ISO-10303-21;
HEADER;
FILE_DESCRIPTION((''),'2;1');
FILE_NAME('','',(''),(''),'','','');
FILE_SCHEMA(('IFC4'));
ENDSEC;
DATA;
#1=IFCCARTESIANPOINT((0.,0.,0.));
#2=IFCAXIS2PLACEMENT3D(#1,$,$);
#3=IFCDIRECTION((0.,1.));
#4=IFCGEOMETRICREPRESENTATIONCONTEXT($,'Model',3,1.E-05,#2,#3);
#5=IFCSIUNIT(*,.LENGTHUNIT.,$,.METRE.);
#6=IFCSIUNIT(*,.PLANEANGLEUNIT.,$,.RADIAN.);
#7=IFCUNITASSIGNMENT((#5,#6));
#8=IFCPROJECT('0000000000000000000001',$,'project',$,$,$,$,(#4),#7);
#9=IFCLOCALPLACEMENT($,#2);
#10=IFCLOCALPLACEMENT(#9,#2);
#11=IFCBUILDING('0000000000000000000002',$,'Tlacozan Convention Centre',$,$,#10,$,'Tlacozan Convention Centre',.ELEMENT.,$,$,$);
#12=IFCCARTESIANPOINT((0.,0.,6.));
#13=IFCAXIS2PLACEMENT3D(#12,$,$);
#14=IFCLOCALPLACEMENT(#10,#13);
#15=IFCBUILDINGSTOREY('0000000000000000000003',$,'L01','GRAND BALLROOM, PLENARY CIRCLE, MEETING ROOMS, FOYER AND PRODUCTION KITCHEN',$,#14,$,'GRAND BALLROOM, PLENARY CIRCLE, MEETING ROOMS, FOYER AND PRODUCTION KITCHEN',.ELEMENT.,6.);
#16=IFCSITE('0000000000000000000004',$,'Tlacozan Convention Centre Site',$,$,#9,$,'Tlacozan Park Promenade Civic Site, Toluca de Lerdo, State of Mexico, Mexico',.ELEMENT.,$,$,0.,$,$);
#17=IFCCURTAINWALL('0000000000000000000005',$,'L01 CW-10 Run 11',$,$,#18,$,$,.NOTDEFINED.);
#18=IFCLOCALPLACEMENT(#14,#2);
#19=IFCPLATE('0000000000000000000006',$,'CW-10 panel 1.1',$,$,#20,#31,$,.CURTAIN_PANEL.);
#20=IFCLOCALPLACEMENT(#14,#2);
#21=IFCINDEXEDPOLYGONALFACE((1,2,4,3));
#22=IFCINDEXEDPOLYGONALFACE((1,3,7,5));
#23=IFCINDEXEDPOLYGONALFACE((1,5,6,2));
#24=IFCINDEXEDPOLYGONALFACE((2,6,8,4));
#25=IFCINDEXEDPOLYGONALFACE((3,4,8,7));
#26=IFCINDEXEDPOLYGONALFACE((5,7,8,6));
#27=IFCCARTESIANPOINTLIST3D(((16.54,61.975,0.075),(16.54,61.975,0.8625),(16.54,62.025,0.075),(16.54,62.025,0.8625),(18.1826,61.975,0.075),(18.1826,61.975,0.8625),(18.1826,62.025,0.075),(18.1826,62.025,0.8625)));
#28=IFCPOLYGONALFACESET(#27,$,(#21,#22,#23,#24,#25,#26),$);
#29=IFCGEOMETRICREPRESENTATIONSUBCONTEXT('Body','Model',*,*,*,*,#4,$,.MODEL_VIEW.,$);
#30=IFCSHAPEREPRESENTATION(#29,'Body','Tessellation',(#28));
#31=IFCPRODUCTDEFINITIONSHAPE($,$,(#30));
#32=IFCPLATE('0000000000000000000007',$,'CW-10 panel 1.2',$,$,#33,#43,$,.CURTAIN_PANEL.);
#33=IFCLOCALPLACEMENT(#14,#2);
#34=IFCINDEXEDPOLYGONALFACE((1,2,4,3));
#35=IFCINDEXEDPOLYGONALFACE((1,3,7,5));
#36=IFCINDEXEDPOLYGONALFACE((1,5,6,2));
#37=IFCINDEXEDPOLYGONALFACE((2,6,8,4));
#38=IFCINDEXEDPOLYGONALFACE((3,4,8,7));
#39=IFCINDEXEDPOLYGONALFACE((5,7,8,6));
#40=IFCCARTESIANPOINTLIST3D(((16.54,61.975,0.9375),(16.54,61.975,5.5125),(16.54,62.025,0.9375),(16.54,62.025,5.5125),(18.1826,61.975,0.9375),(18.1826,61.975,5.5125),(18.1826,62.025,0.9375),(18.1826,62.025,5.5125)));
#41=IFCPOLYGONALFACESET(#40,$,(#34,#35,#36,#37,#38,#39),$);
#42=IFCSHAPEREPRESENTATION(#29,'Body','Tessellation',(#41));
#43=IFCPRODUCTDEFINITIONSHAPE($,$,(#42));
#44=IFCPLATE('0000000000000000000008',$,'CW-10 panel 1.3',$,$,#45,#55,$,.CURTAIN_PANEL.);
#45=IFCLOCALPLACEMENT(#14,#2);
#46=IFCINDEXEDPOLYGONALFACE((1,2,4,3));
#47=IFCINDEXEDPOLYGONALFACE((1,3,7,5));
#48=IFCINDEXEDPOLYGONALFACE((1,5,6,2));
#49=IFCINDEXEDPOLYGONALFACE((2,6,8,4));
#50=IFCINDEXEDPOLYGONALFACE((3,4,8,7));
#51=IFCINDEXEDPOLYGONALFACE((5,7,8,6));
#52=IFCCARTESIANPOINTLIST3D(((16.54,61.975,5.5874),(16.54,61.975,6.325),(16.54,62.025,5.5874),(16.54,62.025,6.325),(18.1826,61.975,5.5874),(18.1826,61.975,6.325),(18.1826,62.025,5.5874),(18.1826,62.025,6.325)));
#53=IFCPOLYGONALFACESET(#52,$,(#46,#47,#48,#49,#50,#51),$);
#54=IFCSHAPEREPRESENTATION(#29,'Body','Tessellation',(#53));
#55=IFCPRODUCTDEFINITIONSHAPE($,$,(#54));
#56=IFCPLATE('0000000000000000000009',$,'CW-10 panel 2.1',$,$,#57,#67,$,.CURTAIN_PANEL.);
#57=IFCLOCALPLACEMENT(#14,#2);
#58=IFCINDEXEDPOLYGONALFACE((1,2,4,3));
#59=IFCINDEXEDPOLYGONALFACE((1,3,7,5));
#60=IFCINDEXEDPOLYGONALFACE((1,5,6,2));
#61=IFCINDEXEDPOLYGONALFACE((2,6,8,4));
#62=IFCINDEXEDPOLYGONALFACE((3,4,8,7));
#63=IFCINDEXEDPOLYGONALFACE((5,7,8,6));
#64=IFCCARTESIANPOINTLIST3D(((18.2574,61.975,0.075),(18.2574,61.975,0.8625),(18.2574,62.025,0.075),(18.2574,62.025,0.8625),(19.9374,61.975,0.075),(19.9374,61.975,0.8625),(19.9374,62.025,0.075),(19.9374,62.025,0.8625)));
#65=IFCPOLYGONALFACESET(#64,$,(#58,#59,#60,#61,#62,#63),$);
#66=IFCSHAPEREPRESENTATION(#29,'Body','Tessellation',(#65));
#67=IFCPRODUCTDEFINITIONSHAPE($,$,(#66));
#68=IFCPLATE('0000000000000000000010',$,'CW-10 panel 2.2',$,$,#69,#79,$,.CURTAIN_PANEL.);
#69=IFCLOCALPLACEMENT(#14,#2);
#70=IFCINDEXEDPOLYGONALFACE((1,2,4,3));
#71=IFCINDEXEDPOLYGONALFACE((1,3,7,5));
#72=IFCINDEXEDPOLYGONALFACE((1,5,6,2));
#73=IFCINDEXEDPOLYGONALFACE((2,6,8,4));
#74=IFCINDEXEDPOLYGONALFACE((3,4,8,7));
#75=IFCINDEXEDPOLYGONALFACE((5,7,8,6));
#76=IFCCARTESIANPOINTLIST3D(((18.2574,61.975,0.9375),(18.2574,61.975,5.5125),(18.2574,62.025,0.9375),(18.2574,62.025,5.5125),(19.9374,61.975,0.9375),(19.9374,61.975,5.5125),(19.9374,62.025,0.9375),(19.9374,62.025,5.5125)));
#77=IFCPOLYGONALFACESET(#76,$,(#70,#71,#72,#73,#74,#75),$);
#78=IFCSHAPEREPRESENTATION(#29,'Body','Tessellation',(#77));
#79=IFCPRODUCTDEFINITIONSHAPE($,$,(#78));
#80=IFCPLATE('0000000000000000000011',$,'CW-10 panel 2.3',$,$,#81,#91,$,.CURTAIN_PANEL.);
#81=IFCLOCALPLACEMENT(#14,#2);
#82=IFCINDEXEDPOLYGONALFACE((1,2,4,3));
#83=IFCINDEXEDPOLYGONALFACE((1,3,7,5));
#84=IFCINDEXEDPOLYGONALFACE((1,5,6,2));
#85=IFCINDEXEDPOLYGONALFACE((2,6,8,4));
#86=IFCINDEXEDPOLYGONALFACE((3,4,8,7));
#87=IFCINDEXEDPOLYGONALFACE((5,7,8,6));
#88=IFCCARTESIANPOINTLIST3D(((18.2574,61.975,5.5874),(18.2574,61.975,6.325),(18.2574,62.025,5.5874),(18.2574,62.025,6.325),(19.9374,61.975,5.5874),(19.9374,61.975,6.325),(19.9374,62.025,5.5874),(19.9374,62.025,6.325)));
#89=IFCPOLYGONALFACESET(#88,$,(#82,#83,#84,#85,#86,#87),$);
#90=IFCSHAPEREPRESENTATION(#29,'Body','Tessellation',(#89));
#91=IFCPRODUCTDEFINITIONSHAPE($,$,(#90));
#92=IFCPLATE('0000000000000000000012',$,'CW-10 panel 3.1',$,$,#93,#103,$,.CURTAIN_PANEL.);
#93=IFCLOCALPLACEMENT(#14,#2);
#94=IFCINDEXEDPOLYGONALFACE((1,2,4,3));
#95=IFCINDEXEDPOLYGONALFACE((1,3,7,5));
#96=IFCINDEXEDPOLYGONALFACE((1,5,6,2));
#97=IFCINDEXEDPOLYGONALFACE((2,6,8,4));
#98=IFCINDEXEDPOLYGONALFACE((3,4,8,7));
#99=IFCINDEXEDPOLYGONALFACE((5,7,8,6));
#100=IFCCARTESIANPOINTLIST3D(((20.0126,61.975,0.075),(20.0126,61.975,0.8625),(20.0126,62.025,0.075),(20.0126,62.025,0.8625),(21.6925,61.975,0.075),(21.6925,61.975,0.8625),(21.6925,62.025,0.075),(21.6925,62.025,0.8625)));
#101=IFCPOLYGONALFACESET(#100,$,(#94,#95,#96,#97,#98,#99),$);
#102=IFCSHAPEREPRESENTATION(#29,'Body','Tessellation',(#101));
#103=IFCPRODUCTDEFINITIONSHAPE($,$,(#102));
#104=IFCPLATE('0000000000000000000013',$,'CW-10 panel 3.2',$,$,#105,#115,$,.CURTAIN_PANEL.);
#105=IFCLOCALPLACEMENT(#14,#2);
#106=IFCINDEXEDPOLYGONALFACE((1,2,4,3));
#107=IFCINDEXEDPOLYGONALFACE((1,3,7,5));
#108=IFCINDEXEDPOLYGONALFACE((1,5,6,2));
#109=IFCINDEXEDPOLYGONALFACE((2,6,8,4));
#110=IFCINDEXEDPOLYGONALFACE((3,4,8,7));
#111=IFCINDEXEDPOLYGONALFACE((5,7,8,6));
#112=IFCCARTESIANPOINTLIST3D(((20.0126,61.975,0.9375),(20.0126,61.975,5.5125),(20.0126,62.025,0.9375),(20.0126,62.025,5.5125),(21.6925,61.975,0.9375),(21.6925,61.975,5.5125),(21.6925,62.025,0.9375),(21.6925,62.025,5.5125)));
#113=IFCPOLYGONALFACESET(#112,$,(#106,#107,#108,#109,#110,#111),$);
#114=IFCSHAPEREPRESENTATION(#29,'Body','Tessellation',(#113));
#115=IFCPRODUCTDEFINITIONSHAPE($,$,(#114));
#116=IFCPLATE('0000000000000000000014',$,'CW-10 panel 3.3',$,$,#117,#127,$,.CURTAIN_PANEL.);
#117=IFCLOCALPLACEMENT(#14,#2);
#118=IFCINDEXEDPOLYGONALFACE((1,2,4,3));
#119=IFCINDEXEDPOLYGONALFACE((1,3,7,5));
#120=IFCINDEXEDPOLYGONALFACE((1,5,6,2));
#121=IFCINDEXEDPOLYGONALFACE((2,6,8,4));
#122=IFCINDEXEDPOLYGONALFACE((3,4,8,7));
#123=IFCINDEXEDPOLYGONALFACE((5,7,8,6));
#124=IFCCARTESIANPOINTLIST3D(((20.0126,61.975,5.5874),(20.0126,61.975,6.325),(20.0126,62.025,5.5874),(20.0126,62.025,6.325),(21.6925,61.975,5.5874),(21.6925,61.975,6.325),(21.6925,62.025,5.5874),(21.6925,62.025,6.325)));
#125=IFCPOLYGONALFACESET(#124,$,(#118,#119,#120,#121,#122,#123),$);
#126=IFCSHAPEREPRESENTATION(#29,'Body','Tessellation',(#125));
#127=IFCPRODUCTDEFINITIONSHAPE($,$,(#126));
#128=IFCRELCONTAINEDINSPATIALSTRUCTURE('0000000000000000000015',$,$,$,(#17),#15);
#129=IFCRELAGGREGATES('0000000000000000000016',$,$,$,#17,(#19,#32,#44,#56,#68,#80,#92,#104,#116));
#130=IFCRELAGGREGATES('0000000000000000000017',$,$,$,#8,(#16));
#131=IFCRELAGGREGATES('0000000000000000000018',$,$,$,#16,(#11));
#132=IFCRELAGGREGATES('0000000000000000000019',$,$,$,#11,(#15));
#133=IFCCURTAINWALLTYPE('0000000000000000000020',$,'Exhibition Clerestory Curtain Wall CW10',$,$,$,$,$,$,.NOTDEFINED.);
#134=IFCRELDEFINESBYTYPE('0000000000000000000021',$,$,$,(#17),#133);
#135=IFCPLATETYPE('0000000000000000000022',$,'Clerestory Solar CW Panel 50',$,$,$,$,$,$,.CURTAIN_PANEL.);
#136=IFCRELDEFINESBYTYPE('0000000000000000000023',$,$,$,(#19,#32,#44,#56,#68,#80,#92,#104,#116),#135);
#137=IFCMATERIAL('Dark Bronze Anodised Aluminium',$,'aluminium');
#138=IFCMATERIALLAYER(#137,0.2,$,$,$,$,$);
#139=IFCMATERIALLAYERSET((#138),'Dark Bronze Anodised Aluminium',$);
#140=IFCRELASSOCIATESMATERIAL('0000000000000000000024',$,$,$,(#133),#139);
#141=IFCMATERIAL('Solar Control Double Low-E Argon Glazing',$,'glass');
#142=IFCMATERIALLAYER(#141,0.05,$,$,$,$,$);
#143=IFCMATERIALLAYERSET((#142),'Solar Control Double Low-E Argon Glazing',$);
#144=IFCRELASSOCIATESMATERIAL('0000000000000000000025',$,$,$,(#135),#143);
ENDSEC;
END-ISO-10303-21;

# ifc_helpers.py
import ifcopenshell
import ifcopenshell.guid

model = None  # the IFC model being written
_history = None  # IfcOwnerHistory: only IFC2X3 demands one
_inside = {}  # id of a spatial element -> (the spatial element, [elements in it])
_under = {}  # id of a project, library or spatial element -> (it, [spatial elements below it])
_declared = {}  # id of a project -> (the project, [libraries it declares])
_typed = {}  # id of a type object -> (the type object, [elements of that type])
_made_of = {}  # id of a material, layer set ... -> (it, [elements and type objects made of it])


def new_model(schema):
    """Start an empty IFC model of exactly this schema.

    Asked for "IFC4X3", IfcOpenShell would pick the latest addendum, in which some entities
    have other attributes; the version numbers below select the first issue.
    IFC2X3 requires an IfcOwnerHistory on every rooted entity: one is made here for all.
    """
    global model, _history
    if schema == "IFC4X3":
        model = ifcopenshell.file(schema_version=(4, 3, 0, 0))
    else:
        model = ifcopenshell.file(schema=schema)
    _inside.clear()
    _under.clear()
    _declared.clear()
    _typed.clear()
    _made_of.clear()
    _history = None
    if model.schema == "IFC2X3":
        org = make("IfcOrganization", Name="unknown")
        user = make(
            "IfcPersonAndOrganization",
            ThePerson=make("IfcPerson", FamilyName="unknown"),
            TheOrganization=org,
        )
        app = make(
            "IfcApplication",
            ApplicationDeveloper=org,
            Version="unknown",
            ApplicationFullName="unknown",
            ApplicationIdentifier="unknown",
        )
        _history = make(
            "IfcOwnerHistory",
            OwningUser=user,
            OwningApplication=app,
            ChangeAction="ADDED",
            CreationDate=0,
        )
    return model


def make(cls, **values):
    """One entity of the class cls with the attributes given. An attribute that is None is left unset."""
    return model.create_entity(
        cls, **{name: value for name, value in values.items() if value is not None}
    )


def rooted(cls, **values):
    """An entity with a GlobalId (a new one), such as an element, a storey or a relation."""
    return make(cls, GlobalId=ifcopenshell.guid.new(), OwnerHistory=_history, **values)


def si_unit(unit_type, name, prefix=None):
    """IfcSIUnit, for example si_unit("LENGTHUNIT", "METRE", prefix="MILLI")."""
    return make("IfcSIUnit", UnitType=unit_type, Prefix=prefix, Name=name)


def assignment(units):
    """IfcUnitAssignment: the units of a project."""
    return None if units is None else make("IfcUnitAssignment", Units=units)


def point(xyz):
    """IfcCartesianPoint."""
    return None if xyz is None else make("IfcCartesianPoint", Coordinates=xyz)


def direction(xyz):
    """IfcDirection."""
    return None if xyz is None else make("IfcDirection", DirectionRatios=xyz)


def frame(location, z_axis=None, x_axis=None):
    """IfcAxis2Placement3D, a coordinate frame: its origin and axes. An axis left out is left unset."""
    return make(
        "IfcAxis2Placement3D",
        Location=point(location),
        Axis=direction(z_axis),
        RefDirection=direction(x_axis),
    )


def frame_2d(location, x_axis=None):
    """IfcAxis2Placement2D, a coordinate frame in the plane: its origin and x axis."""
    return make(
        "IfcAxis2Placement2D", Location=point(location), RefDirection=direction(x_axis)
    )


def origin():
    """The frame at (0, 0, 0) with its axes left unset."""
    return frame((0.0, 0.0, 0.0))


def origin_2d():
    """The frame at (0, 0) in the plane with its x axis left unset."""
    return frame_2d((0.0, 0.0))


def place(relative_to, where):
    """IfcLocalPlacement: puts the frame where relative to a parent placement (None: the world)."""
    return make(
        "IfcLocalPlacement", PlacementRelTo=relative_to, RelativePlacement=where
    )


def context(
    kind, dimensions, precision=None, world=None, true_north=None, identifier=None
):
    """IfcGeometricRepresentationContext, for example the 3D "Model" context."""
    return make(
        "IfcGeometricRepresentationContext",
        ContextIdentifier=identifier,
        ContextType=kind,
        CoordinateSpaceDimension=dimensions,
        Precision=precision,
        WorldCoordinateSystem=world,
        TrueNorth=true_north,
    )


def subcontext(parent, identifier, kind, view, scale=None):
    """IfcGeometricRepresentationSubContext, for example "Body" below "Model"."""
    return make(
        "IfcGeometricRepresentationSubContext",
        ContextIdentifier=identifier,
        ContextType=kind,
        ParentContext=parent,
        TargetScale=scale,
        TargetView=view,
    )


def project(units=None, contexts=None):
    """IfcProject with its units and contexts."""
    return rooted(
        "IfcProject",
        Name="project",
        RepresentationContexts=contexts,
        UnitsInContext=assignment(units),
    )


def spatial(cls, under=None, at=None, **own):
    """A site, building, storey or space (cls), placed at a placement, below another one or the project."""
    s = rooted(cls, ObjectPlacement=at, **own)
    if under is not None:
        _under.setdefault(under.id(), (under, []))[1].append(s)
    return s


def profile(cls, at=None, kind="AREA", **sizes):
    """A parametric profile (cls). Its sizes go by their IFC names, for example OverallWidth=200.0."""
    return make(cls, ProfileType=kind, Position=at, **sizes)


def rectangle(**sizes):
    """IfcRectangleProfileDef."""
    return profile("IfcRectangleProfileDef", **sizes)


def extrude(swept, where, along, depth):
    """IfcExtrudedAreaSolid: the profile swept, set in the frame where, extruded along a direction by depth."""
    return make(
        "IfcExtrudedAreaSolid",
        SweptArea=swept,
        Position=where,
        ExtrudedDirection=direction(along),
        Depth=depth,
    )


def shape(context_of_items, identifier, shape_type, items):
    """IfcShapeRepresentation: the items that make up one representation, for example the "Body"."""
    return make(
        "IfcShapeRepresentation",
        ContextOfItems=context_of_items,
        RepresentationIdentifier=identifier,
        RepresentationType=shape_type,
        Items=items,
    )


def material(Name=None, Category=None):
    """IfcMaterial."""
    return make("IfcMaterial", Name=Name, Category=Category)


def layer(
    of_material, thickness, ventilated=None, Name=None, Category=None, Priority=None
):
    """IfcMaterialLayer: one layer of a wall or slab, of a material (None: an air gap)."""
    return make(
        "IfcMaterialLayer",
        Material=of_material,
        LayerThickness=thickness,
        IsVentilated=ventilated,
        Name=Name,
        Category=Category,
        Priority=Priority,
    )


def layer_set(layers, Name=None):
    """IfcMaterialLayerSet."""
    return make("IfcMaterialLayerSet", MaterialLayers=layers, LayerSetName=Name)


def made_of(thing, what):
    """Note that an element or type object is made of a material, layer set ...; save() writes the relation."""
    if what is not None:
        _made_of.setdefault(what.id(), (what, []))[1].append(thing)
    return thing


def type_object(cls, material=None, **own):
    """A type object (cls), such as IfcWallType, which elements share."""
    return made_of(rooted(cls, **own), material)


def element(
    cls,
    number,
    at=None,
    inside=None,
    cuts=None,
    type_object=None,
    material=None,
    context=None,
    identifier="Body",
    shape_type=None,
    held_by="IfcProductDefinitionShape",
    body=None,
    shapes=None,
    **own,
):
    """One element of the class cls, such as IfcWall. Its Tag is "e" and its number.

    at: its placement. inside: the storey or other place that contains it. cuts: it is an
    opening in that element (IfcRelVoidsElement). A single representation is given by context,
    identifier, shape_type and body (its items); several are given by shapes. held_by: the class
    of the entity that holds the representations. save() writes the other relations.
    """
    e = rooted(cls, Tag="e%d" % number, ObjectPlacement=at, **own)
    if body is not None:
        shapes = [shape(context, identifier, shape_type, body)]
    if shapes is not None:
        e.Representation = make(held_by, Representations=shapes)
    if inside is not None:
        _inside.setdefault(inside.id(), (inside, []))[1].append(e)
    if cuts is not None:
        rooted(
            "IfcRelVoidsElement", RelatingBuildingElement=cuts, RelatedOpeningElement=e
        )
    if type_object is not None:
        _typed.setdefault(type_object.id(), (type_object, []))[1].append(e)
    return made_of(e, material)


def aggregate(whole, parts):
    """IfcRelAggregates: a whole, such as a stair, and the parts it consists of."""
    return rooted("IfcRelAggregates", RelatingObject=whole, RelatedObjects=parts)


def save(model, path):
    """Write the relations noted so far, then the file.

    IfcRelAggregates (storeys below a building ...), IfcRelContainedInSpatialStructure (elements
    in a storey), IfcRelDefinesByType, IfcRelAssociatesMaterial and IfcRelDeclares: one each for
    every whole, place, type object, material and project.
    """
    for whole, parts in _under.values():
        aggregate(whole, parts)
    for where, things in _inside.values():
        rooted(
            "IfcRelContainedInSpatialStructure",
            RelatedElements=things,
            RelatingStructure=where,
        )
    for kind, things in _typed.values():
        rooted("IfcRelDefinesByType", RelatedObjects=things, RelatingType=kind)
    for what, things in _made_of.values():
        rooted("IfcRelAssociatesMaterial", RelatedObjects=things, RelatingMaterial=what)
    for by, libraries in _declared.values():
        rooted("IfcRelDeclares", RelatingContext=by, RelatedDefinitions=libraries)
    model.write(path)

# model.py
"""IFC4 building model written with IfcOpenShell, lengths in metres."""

from ifc_helpers import new_model, si_unit, direction, frame, origin, origin_2d, place, context, subcontext, project, spatial, rectangle, extrude, material, layer, layer_set, type_object, element, aggregate, save


model = new_model("IFC4")

# Units and contexts
model_context = context("Model", 3, precision=1e-05, world=origin(), true_north=direction((0.0, 1.0)))
body_context = subcontext(model_context, "Body", "Model", "MODEL_VIEW")
ifc_project = project(units=[si_unit("LENGTHUNIT", "METRE"), si_unit("PLANEANGLEUNIT", "RADIAN")], contexts=[model_context])

# Site, building, storey
site_placement = place(None, origin())
site = spatial("IfcSite", under=ifc_project, at=site_placement, Name="Tlacozan Convention Centre Site", LongName="Tlacozan Park Promenade Civic Site, Toluca de Lerdo, State of Mexico, Mexico", CompositionType="ELEMENT", RefElevation=0.0)
building_placement = place(site_placement, origin())
building = spatial("IfcBuilding", under=site, at=building_placement, Name="Tlacozan Convention Centre", LongName="Tlacozan Convention Centre", CompositionType="ELEMENT")
storey_placement = place(building_placement, frame((0.0, 0.0, 6.0)))
storey = spatial("IfcBuildingStorey", under=building, at=storey_placement, Name="L01", Description="GRAND BALLROOM, PLENARY CIRCLE, MEETING ROOMS, FOYER AND PRODUCTION KITCHEN", LongName="GRAND BALLROOM, PLENARY CIRCLE, MEETING ROOMS, FOYER AND PRODUCTION KITCHEN", CompositionType="ELEMENT", Elevation=6.0)

# Curtain wall, plates
ifc_material_1 = material(Name="Dark Bronze Anodised Aluminium", Category="aluminium")
ifc_layer_1 = layer(ifc_material_1, 0.2)
ifc_layer_set_1 = layer_set([ifc_layer_1], Name="Dark Bronze Anodised Aluminium")
curtain_wall_type = type_object("IfcCurtainWallType", Name="Exhibition Clerestory Curtain Wall CW10", PredefinedType="NOTDEFINED", material=ifc_layer_set_1)
curtain_wall_placement = place(storey_placement, origin())
curtain_wall = element("IfcCurtainWall", 1, at=curtain_wall_placement, inside=storey, type_object=curtain_wall_type, Name="L01 CW-10 Run 11", PredefinedType="NOTDEFINED")
ifc_material_2 = material(Name="Solar Control Double Low-E Argon Glazing", Category="glass")
ifc_layer_2 = layer(ifc_material_2, 0.05)
ifc_layer_set_2 = layer_set([ifc_layer_2], Name="Solar Control Double Low-E Argon Glazing")
plate_type = type_object("IfcPlateType", Name="Clerestory Solar CW Panel 50", PredefinedType="CURTAIN_PANEL", material=ifc_layer_set_2)
plate_1_placement = place(storey_placement, frame((17.3613, 62.0, 0.075), z_axis=(0.0, 0.0, 1.0), x_axis=(1.0, 0.0, 0.0)))
plate_1 = element("IfcPlate", 2, at=plate_1_placement, type_object=plate_type, Name="CW-10 panel 1.1", PredefinedType="CURTAIN_PANEL", context=body_context, shape_type="SweptSolid", body=[
    extrude(rectangle(XDim=1.6426, YDim=0.05, at=origin_2d()), origin(), (0.0, 0.0, 1.0), 0.7876),
])
plate_2_placement = place(storey_placement, frame((17.3613, 62.0, 0.9375), z_axis=(0.0, 0.0, 1.0), x_axis=(1.0, 0.0, 0.0)))
plate_2 = element("IfcPlate", 3, at=plate_2_placement, type_object=plate_type, Name="CW-10 panel 1.2", PredefinedType="CURTAIN_PANEL", context=body_context, shape_type="SweptSolid", body=[
    extrude(rectangle(XDim=1.6426, YDim=0.05, at=origin_2d()), origin(), (0.0, 0.0, 1.0), 4.575),
])
plate_3_placement = place(storey_placement, frame((17.3613, 62.0, 5.5874), z_axis=(0.0, 0.0, 1.0), x_axis=(1.0, 0.0, 0.0)))
plate_3 = element("IfcPlate", 4, at=plate_3_placement, type_object=plate_type, Name="CW-10 panel 1.3", PredefinedType="CURTAIN_PANEL", context=body_context, shape_type="SweptSolid", body=[
    extrude(rectangle(XDim=1.6426, YDim=0.05, at=origin_2d()), origin(), (0.0, 0.0, 1.0), 0.7375),
])
plate_4_placement = place(storey_placement, frame((19.0974, 62.0, 0.075), z_axis=(0.0, 0.0, 1.0), x_axis=(1.0, 0.0, 0.0)))
plate_4 = element("IfcPlate", 5, at=plate_4_placement, type_object=plate_type, Name="CW-10 panel 2.1", PredefinedType="CURTAIN_PANEL", context=body_context, shape_type="SweptSolid", body=[
    extrude(rectangle(XDim=1.6799, YDim=0.05, at=origin_2d()), origin(), (0.0, 0.0, 1.0), 0.7876),
])
plate_5_placement = place(storey_placement, frame((19.0974, 62.0, 0.9375), z_axis=(0.0, 0.0, 1.0), x_axis=(1.0, 0.0, 0.0)))
plate_5 = element("IfcPlate", 6, at=plate_5_placement, type_object=plate_type, Name="CW-10 panel 2.2", PredefinedType="CURTAIN_PANEL", context=body_context, shape_type="SweptSolid", body=[
    extrude(rectangle(XDim=1.6799, YDim=0.05, at=origin_2d()), origin(), (0.0, 0.0, 1.0), 4.575),
])
plate_6_placement = place(storey_placement, frame((19.0974, 62.0, 5.5874), z_axis=(0.0, 0.0, 1.0), x_axis=(1.0, 0.0, 0.0)))
plate_6 = element("IfcPlate", 7, at=plate_6_placement, type_object=plate_type, Name="CW-10 panel 2.3", PredefinedType="CURTAIN_PANEL", context=body_context, shape_type="SweptSolid", body=[
    extrude(rectangle(XDim=1.6799, YDim=0.05, at=origin_2d()), origin(), (0.0, 0.0, 1.0), 0.7375),
])
plate_7_placement = place(storey_placement, frame((20.8525, 62.0, 0.075), z_axis=(0.0, 0.0, 1.0), x_axis=(1.0, 0.0, 0.0)))
plate_7 = element("IfcPlate", 8, at=plate_7_placement, type_object=plate_type, Name="CW-10 panel 3.1", PredefinedType="CURTAIN_PANEL", context=body_context, shape_type="SweptSolid", body=[
    extrude(rectangle(XDim=1.6799, YDim=0.05, at=origin_2d()), origin(), (0.0, 0.0, 1.0), 0.7876),
])
plate_8_placement = place(storey_placement, frame((20.8525, 62.0, 0.9375), z_axis=(0.0, 0.0, 1.0), x_axis=(1.0, 0.0, 0.0)))
plate_8 = element("IfcPlate", 9, at=plate_8_placement, type_object=plate_type, Name="CW-10 panel 3.2", PredefinedType="CURTAIN_PANEL", context=body_context, shape_type="SweptSolid", body=[
    extrude(rectangle(XDim=1.6799, YDim=0.05, at=origin_2d()), origin(), (0.0, 0.0, 1.0), 4.575),
])
plate_9_placement = place(storey_placement, frame((20.8525, 62.0, 5.5874), z_axis=(0.0, 0.0, 1.0), x_axis=(1.0, 0.0, 0.0)))
plate_9 = element("IfcPlate", 10, at=plate_9_placement, type_object=plate_type, Name="CW-10 panel 3.3", PredefinedType="CURTAIN_PANEL", context=body_context, shape_type="SweptSolid", body=[
    extrude(rectangle(XDim=1.6799, YDim=0.05, at=origin_2d()), origin(), (0.0, 0.0, 1.0), 0.7375),
])
aggregate(curtain_wall, [plate_1, plate_2, plate_3, plate_4, plate_5, plate_6, plate_7, plate_8, plate_9])

save(model, "model.ifc")
